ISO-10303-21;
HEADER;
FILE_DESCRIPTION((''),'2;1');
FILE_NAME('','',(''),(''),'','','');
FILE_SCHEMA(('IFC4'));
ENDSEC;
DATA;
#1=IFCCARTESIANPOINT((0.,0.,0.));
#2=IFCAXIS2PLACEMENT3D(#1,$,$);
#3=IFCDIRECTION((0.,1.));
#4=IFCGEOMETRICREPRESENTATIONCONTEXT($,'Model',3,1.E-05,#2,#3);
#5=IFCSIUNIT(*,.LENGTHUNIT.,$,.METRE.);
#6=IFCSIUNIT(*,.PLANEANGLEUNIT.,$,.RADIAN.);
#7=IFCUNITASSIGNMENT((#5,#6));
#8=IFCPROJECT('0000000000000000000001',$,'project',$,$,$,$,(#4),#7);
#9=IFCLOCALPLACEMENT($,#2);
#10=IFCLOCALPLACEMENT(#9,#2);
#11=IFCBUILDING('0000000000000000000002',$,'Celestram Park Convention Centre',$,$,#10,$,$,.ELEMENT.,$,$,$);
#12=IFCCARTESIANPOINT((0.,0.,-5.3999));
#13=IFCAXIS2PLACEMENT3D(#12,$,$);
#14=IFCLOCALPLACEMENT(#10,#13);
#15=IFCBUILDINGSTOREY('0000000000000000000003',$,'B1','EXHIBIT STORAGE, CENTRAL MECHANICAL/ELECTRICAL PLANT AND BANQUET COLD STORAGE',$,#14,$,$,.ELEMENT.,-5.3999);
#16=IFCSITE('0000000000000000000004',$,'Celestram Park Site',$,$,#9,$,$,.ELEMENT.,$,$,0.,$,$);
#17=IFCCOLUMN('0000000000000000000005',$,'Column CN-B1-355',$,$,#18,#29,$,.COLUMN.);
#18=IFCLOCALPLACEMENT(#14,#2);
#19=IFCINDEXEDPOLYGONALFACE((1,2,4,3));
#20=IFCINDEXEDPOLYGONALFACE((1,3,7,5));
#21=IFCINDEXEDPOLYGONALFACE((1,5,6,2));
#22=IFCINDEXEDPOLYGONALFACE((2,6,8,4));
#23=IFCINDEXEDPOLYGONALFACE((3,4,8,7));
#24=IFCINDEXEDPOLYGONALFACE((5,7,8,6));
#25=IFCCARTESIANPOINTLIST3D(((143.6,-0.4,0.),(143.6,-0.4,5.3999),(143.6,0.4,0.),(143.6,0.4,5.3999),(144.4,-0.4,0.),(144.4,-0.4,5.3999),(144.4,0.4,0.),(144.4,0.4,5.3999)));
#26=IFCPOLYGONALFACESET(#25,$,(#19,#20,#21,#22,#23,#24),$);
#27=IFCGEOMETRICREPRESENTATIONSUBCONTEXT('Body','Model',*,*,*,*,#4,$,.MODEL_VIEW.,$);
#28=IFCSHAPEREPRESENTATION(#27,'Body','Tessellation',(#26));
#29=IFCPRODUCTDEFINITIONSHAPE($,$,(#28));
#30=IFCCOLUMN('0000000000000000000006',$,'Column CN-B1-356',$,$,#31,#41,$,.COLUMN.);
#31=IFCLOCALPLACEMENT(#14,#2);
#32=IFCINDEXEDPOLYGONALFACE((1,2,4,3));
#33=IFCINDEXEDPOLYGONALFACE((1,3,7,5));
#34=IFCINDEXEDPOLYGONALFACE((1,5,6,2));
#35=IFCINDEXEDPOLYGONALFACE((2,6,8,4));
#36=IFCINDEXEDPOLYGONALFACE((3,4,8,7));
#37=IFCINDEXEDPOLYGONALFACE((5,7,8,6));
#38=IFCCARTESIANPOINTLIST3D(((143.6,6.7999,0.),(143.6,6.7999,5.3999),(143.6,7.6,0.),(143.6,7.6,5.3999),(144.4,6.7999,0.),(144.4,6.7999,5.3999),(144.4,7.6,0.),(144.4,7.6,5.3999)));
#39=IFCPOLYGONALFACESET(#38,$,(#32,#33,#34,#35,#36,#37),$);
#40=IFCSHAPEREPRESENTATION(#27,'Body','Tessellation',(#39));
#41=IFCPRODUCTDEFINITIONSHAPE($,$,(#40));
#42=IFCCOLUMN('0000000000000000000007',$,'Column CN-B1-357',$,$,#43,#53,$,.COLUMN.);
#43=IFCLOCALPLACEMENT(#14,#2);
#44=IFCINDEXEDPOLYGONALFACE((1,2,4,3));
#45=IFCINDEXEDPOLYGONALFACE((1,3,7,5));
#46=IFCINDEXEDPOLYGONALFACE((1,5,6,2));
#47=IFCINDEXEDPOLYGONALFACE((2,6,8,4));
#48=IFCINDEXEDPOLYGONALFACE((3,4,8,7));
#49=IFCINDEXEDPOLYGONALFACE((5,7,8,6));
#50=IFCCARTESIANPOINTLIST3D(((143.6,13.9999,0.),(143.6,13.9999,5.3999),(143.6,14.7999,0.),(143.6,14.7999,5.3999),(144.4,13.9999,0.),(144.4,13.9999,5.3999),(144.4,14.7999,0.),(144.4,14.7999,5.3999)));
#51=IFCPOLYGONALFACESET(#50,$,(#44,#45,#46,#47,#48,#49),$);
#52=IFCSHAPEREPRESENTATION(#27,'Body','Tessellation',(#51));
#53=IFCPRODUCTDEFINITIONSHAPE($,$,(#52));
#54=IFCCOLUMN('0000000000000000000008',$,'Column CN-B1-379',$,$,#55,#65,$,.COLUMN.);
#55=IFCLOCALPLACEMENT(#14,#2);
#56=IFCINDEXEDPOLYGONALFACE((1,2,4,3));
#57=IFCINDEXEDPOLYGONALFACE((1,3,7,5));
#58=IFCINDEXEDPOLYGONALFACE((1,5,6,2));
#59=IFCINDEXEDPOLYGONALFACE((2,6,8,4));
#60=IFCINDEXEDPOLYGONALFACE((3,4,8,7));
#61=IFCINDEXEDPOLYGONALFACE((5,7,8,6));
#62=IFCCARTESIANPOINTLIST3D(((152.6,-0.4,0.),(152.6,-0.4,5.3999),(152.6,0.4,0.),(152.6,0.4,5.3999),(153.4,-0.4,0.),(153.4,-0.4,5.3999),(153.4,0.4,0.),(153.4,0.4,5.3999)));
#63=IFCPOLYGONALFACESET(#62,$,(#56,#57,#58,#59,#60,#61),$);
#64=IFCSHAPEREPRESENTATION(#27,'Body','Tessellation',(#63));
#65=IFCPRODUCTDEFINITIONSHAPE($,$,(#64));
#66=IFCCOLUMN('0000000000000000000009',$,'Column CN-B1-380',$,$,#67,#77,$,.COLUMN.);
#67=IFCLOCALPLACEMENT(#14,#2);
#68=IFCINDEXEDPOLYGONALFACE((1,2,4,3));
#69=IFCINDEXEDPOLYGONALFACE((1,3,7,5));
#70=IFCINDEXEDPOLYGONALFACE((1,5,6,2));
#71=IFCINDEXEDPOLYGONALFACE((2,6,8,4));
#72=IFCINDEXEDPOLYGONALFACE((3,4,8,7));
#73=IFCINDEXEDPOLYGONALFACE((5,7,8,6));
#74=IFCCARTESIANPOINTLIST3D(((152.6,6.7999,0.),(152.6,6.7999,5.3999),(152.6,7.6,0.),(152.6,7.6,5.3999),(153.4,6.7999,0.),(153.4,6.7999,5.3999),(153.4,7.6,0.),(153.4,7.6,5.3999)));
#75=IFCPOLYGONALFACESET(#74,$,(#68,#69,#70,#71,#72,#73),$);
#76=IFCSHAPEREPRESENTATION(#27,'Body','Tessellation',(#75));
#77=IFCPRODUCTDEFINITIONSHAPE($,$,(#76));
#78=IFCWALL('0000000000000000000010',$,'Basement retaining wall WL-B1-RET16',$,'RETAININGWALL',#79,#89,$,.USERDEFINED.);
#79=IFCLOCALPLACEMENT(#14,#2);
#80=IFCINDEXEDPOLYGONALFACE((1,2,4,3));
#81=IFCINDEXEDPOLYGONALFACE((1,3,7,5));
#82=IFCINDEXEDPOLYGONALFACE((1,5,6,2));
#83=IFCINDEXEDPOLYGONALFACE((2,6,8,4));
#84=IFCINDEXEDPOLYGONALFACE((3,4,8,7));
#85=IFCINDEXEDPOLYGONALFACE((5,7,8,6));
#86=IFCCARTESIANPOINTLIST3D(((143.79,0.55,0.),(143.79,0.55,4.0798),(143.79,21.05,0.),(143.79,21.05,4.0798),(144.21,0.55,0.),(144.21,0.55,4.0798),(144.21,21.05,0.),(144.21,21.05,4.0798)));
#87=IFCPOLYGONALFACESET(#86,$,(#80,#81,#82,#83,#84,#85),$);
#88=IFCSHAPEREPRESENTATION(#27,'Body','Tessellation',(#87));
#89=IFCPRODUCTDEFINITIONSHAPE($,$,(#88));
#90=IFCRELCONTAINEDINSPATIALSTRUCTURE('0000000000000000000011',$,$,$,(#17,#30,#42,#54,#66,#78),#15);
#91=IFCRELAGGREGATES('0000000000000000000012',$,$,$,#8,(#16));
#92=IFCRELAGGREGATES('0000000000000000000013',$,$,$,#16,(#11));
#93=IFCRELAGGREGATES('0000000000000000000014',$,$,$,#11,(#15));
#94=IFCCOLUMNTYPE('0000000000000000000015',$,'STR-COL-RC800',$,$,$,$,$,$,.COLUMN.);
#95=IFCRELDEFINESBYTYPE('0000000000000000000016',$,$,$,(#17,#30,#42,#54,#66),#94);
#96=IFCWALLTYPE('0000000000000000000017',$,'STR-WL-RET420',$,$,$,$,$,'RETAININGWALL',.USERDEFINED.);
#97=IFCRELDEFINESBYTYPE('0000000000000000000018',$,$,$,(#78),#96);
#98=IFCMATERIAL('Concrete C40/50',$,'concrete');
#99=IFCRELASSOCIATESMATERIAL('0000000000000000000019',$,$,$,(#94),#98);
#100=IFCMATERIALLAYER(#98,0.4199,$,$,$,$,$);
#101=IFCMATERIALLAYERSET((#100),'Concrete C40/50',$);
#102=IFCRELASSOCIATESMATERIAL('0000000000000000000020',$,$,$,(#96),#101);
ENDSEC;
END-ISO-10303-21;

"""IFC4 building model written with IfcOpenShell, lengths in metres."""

from ifc_helpers import new_model, si_unit, direction, frame, frame_2d, origin, origin_2d, place, context, subcontext, project, spatial, rectangle, extrude, material, layer, layer_set, material_profile, profile_set, type_object, element, save


model = new_model("IFC4")

# Units and contexts
model_context = context("Model", 3, precision=1e-05, world=origin(), true_north=direction((0.0, 1.0)))
body_context = subcontext(model_context, "Body", "Model", "MODEL_VIEW")
ifc_project = project(units=[si_unit("LENGTHUNIT", "METRE"), si_unit("PLANEANGLEUNIT", "RADIAN")], contexts=[model_context])

# Site, building, storey
site_placement = place(None, origin())
site = spatial("IfcSite", under=ifc_project, at=site_placement, Name="Celestram Park Site", CompositionType="ELEMENT", RefElevation=0.0)
building_placement = place(site_placement, origin())
building = spatial("IfcBuilding", under=site, at=building_placement, Name="Celestram Park Convention Centre", CompositionType="ELEMENT")
storey_placement = place(building_placement, frame((0.0, 0.0, -5.3999)))
storey = spatial("IfcBuildingStorey", under=building, at=storey_placement, Name="B1", Description="EXHIBIT STORAGE, CENTRAL MECHANICAL/ELECTRICAL PLANT AND BANQUET COLD STORAGE", CompositionType="ELEMENT", Elevation=-5.3999)

# Shared definitions
ifc_material_1 = material(Name="Concrete C40/50", Category="concrete")

# Columns
ifc_material_profile_1 = material_profile(ifc_material_1, rectangle(XDim=0.8, YDim=0.8, at=origin_2d()), Name="RC800X800")
ifc_profile_set_1 = profile_set([ifc_material_profile_1], Name="Concrete C40/50")
column_type = type_object("IfcColumnType", Name="STR-COL-RC800", PredefinedType="COLUMN", material=ifc_profile_set_1)
for number, where, z_axis, x_axis, name in (
    (1, (144.0, 0.0, 0.0), (0.0, 0.0, 1.0), (1.0, 0.0, 0.0), "Column CN-B1-355"),
    (2, (144.0, 7.2, 0.0), (0.0, 0.0, 1.0), (1.0, 0.0, 0.0), "Column CN-B1-356"),
    (3, (144.0, 14.3999, 0.0), (0.0, 0.0, 1.0), (1.0, 0.0, 0.0), "Column CN-B1-357"),
    (4, (153.0, 0.0, 0.0), (0.0, 0.0, 1.0), (1.0, 0.0, 0.0), "Column CN-B1-379"),
    (5, (153.0, 7.2, 0.0), (0.0, 0.0, 1.0), (1.0, 0.0, 0.0), "Column CN-B1-380"),
):
    element("IfcColumn", number, at=place(storey_placement, frame(where, z_axis=z_axis, x_axis=x_axis)), inside=storey, type_object=column_type, Name=name, PredefinedType="COLUMN", context=body_context, shape_type="SweptSolid", body=[
        extrude(rectangle(XDim=0.8, YDim=0.8, at=origin_2d()), origin(), (0.0, 0.0, 1.0), 5.3999),
    ])

# Wall
ifc_layer = layer(ifc_material_1, 0.4199)
ifc_layer_set = layer_set([ifc_layer], Name="Concrete C40/50")
wall_type = type_object("IfcWallType", Name="STR-WL-RET420", ElementType="RETAININGWALL", PredefinedType="USERDEFINED", material=ifc_layer_set)
wall_placement = place(storey_placement, frame((144.0, 0.55, 0.0), z_axis=(0.0, 0.0, 1.0), x_axis=(0.0, 1.0, 0.0)))
element("IfcWall", 6, at=wall_placement, inside=storey, type_object=wall_type, Name="Basement retaining wall WL-B1-RET16", ObjectType="RETAININGWALL", PredefinedType="USERDEFINED", context=body_context, shape_type="SweptSolid", body=[
    extrude(rectangle(XDim=20.5, YDim=0.4199, at=frame_2d((10.25, 0.0))), origin(), (0.0, 0.0, 1.0), 4.0798),
])

save(model, "model.ifc")
